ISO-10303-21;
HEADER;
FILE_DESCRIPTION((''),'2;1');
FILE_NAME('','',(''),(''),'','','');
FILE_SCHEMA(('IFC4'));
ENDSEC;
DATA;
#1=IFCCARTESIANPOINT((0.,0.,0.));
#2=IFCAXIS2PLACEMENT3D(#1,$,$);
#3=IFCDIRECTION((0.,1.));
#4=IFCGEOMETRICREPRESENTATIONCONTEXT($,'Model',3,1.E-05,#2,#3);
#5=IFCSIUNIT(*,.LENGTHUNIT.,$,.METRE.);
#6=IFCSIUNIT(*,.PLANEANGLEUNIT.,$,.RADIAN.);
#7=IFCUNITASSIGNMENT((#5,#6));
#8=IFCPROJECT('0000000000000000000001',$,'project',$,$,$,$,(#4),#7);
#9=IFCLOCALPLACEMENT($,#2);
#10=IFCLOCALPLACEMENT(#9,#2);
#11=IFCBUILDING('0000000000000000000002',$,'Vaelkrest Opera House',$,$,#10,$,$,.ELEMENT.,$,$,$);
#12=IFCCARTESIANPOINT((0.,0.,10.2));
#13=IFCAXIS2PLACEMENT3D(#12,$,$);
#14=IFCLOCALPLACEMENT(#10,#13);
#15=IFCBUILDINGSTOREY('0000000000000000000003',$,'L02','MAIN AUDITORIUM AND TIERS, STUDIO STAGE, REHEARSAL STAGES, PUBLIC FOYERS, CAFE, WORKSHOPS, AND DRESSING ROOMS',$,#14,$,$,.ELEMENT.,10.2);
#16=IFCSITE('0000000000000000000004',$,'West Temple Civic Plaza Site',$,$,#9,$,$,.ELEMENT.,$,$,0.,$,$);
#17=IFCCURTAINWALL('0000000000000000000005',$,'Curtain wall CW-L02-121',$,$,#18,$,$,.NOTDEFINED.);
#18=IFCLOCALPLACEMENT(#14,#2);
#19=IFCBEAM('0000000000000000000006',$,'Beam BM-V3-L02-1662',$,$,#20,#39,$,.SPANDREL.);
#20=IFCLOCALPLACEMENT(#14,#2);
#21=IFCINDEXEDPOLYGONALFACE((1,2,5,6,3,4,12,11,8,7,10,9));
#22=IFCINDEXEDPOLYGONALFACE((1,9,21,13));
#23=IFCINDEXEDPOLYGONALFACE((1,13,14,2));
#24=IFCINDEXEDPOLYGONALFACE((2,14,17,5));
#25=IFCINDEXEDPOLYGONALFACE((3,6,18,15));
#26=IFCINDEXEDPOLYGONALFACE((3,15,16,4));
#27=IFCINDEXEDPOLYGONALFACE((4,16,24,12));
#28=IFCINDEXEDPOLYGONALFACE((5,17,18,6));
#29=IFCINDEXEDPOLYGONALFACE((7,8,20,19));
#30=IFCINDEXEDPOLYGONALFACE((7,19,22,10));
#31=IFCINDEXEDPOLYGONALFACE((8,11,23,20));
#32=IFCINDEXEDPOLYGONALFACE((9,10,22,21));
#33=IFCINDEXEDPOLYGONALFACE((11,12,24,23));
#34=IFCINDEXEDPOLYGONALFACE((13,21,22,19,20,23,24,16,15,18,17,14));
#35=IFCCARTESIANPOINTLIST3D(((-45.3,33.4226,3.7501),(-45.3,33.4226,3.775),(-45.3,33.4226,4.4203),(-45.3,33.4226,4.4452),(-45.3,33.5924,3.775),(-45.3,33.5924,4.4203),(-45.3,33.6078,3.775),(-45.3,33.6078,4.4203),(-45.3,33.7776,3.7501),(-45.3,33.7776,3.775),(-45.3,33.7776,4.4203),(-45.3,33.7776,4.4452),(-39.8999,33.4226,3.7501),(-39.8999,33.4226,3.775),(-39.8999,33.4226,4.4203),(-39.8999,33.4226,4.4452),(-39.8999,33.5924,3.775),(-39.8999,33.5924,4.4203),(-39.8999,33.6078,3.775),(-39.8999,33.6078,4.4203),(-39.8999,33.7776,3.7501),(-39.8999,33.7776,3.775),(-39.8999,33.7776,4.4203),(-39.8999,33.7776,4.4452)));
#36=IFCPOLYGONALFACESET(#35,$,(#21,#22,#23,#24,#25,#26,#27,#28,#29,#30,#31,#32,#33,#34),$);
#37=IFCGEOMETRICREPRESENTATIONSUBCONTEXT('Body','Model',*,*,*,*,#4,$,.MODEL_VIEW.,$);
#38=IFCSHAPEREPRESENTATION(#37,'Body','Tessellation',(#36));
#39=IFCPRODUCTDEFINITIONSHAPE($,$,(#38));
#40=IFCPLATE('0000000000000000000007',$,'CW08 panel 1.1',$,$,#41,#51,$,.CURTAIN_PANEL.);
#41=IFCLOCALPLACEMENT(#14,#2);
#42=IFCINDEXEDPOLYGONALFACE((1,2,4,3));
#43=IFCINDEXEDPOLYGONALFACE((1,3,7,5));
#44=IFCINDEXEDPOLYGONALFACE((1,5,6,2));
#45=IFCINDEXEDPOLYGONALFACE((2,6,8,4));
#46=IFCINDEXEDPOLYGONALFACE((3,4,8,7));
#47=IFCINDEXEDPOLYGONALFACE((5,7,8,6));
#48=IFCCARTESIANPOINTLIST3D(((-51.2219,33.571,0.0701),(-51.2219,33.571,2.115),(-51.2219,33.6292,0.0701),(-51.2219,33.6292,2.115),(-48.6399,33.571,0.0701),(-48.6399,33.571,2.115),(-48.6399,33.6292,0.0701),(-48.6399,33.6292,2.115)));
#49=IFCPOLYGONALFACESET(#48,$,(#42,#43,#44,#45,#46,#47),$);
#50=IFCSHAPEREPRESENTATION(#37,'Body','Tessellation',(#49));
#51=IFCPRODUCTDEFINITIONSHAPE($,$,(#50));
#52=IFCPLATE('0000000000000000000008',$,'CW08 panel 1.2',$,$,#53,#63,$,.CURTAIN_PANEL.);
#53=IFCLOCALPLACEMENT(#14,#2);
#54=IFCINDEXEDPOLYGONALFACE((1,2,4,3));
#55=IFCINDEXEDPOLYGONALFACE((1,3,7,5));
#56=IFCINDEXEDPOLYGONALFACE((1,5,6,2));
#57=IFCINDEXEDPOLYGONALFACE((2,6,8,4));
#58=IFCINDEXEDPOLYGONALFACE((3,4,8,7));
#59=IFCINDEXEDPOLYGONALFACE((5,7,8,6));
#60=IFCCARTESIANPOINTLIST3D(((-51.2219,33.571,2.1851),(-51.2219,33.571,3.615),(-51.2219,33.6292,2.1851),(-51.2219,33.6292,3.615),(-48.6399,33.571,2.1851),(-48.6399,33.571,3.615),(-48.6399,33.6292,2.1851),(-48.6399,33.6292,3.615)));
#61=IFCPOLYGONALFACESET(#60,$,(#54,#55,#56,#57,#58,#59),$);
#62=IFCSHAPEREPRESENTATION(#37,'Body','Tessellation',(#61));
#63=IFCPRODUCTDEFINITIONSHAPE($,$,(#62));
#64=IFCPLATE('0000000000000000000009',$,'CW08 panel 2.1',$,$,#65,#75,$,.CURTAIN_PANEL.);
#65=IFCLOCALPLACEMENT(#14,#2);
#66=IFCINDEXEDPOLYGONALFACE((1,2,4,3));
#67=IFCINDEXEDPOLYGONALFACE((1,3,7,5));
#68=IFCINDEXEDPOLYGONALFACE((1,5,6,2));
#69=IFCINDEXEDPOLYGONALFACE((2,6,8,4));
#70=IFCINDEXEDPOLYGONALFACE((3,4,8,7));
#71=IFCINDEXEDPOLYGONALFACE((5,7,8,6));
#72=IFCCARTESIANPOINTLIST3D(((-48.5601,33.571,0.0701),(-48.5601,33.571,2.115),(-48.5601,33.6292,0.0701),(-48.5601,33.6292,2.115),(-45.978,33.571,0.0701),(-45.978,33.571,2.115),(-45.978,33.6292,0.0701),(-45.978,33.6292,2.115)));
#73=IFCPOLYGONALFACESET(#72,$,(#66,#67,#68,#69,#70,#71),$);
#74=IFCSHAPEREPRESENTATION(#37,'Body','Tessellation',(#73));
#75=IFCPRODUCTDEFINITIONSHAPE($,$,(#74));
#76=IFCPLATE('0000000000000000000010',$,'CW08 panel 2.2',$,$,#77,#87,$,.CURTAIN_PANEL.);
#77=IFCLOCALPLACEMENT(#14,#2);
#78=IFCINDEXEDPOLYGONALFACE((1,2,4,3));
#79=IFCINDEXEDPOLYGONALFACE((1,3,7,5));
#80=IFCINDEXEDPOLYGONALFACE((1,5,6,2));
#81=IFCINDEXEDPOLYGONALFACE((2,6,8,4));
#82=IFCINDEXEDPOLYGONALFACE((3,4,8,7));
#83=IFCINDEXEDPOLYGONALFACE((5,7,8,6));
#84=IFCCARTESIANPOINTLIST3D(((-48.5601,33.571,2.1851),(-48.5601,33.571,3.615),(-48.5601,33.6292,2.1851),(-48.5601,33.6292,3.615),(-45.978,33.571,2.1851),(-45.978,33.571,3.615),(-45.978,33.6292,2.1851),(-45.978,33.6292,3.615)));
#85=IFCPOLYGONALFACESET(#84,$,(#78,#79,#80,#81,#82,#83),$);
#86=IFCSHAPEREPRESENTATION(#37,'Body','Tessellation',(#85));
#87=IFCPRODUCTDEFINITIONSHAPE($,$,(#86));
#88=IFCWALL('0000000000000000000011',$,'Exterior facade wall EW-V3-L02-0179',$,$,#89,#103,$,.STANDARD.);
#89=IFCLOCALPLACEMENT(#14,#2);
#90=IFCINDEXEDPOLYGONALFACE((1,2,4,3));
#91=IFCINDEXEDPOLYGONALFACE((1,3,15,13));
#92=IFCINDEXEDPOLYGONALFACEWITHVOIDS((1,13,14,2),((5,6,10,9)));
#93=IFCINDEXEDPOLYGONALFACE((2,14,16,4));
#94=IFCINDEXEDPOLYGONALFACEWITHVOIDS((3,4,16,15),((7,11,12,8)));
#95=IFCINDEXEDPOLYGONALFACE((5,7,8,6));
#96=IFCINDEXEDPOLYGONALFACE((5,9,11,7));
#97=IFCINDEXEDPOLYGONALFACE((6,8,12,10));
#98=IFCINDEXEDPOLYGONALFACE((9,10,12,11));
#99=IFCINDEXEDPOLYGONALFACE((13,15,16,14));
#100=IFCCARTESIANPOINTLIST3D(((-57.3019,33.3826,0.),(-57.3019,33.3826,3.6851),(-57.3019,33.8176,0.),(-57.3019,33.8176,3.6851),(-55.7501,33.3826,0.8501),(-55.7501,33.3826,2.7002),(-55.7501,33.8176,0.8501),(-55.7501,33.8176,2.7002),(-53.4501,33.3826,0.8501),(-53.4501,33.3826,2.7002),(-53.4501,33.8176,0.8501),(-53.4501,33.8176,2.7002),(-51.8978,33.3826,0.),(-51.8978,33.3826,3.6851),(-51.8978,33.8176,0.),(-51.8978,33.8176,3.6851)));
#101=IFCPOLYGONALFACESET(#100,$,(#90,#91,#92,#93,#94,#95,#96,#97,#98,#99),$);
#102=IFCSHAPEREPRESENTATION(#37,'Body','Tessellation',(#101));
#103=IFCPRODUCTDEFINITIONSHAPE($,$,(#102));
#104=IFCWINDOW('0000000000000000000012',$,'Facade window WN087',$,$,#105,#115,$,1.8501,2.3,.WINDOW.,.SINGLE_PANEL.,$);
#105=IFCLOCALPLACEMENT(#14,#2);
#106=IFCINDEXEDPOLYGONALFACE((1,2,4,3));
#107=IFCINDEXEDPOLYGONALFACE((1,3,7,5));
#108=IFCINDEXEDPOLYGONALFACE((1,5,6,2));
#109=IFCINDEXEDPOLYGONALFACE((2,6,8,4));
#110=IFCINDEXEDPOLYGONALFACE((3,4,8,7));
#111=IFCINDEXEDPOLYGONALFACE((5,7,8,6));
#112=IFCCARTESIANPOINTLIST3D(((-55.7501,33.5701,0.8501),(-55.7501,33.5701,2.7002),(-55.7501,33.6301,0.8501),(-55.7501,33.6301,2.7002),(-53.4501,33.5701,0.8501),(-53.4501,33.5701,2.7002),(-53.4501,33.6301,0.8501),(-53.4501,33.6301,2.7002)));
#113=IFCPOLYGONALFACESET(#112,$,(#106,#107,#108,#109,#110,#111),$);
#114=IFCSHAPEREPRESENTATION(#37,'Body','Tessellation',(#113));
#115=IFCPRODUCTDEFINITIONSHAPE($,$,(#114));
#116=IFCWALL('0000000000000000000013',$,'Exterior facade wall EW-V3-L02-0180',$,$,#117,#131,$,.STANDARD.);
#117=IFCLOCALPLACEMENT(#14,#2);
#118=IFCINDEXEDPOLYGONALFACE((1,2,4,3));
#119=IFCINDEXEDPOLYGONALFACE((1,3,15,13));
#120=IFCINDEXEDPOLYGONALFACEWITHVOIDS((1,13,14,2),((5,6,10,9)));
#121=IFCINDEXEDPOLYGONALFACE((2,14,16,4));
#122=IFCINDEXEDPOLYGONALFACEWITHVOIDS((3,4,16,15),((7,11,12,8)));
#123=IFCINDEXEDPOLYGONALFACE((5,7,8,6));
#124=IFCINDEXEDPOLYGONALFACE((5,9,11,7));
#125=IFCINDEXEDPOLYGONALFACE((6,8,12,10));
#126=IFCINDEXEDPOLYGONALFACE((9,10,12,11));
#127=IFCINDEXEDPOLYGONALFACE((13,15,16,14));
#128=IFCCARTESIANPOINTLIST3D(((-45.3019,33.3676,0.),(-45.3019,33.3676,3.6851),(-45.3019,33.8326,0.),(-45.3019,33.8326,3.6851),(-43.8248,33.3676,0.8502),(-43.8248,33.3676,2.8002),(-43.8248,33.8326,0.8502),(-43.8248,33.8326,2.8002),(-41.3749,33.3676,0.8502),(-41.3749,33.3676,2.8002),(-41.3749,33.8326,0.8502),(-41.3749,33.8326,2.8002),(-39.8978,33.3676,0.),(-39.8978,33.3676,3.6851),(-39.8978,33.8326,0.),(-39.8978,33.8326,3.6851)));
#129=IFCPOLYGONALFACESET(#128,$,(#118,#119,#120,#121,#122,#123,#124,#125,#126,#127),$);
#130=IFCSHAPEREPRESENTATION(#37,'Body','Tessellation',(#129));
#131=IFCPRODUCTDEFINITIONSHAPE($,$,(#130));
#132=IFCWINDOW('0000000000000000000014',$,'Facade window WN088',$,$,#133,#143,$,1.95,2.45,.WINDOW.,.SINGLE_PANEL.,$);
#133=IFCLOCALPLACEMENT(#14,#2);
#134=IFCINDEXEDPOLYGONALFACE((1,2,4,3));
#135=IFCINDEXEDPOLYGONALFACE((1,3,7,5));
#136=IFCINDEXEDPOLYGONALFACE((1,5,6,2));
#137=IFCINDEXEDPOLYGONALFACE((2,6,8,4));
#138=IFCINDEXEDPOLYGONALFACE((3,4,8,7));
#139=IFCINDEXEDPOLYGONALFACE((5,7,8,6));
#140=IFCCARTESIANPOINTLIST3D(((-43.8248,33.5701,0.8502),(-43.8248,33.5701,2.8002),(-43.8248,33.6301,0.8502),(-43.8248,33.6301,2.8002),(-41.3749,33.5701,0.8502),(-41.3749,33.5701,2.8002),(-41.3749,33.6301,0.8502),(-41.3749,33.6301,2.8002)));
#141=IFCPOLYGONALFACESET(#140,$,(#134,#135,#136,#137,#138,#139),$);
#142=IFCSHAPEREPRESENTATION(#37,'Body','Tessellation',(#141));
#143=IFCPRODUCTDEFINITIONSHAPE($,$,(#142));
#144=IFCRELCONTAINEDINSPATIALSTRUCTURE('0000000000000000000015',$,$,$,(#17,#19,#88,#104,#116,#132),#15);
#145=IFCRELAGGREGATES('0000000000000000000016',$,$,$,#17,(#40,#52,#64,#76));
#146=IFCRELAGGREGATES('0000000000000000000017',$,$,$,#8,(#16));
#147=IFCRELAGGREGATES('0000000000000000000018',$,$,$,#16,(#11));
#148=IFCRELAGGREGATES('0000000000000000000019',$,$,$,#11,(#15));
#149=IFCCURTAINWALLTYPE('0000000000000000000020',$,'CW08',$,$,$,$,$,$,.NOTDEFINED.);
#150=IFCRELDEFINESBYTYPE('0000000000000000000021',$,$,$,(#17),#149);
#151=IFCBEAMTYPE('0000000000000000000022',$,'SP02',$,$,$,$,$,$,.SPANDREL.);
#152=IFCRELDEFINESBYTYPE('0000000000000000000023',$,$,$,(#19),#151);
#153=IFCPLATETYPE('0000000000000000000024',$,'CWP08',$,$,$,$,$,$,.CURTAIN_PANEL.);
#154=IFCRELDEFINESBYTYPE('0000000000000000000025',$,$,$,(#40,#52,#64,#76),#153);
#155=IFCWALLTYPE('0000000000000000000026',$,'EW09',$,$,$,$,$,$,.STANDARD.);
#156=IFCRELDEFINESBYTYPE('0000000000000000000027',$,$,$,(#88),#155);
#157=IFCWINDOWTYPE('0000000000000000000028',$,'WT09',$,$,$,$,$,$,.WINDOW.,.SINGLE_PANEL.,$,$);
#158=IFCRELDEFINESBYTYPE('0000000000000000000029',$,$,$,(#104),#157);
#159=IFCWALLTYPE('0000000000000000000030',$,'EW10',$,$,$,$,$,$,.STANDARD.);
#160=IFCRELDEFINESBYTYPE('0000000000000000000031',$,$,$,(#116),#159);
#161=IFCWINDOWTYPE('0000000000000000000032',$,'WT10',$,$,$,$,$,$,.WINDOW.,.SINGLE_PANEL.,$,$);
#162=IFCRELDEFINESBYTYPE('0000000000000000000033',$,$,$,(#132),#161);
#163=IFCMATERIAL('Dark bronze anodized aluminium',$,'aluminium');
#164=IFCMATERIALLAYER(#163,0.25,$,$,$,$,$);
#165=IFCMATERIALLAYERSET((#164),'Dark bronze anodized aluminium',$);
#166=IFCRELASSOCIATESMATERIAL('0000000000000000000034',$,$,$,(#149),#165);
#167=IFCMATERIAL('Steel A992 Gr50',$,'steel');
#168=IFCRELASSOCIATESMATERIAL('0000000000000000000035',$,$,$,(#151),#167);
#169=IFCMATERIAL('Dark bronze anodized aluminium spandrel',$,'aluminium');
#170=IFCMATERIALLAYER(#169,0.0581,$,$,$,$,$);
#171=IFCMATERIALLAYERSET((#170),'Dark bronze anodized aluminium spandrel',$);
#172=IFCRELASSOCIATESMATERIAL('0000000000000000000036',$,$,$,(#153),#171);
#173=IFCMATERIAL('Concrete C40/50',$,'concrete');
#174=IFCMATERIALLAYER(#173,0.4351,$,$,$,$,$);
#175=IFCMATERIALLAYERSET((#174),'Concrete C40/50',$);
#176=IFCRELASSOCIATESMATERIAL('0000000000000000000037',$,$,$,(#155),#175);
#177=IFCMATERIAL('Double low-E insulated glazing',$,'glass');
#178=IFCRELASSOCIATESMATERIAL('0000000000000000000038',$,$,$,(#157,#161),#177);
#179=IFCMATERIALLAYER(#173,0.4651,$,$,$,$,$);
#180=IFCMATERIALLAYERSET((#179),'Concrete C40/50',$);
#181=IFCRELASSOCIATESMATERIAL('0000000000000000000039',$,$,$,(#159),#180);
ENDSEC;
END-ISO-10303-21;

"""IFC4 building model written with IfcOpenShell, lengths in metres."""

from ifc_helpers import new_model, si_unit, direction, frame, frame_2d, origin, origin_2d, place, context, subcontext, project, spatial, rectangle, i_section, extrude, material, layer, layer_set, material_profile, profile_set, type_object, element, fill, aggregate, save


model = new_model("IFC4")

# Units and contexts
model_context = context("Model", 3, precision=1e-05, world=origin(), true_north=direction((0.0, 1.0)))
body_context = subcontext(model_context, "Body", "Model", "MODEL_VIEW")
ifc_project = project(units=[si_unit("LENGTHUNIT", "METRE"), si_unit("PLANEANGLEUNIT", "RADIAN")], contexts=[model_context])

# Site, building, storey
site_placement = place(None, origin())
site = spatial("IfcSite", under=ifc_project, at=site_placement, Name="West Temple Civic Plaza Site", CompositionType="ELEMENT", RefElevation=0.0)
building_placement = place(site_placement, origin())
building = spatial("IfcBuilding", under=site, at=building_placement, Name="Vaelkrest Opera House", CompositionType="ELEMENT")
storey_placement = place(building_placement, frame((0.0, 0.0, 10.2)))
storey = spatial("IfcBuildingStorey", under=building, at=storey_placement, Name="L02", Description="MAIN AUDITORIUM AND TIERS, STUDIO STAGE, REHEARSAL STAGES, PUBLIC FOYERS, CAFE, WORKSHOPS, AND DRESSING ROOMS", CompositionType="ELEMENT", Elevation=10.2)

# Shared definitions
ifc_material_1 = material(Name="Steel A992 Gr50", Category="steel")

# Curtain wall
ifc_material_2 = material(Name="Dark bronze anodized aluminium", Category="aluminium")
ifc_layer_1 = layer(ifc_material_2, 0.25)
ifc_layer_set_1 = layer_set([ifc_layer_1], Name="Dark bronze anodized aluminium")
curtain_wall_type = type_object("IfcCurtainWallType", Name="CW08", PredefinedType="NOTDEFINED", material=ifc_layer_set_1)
curtain_wall_placement = place(storey_placement, origin())
curtain_wall = element("IfcCurtainWall", 1, at=curtain_wall_placement, inside=storey, type_object=curtain_wall_type, Name="Curtain wall CW-L02-121", PredefinedType="NOTDEFINED")

# Beam
ifc_material_profile_1 = material_profile(ifc_material_1, i_section(OverallWidth=0.355, OverallDepth=0.6951, WebThickness=0.0154, FlangeThickness=0.0249, at=origin_2d()), Name="W27X146")
ifc_profile_set_1 = profile_set([ifc_material_profile_1], Name="Steel A992 Gr50")
beam_type_1 = type_object("IfcBeamType", Name="SP02", PredefinedType="SPANDREL", material=ifc_profile_set_1)
for number, where, z_axis, x_axis, name in (
    (2, (-45.3, 33.6001, 4.0977), (1.0, 0.0, 0.0), (0.0, 1.0, 0.0), "Beam BM-V3-L02-1662"),
):
    element("IfcBeam", number, at=place(storey_placement, frame(where, z_axis=z_axis, x_axis=x_axis)), inside=storey, type_object=beam_type_1, Name=name, PredefinedType="SPANDREL", context=body_context, shape_type="SweptSolid", body=[
        extrude(i_section(OverallWidth=0.355, OverallDepth=0.6951, WebThickness=0.0154, FlangeThickness=0.0249, at=origin_2d()), origin(), (0.0, 0.0, 1.0), 5.4001),
    ])

# Plates
ifc_material_3 = material(Name="Dark bronze anodized aluminium spandrel", Category="aluminium")
ifc_layer_2 = layer(ifc_material_3, 0.0581)
ifc_layer_set_2 = layer_set([ifc_layer_2], Name="Dark bronze anodized aluminium spandrel")
plate_type = type_object("IfcPlateType", Name="CWP08", PredefinedType="CURTAIN_PANEL", material=ifc_layer_set_2)
plate_1_placement = place(storey_placement, frame((-49.9309, 33.6001, 0.0701), z_axis=(0.0, 0.0, 1.0), x_axis=(1.0, 0.0, 0.0)))
plate_1 = element("IfcPlate", 3, at=plate_1_placement, type_object=plate_type, Name="CW08 panel 1.1", PredefinedType="CURTAIN_PANEL", context=body_context, shape_type="SweptSolid", body=[
    extrude(rectangle(XDim=2.582, YDim=0.0581, at=origin_2d()), origin(), (0.0, 0.0, 1.0), 2.0449),
])
plate_2_placement = place(storey_placement, frame((-49.9309, 33.6001, 2.1851), z_axis=(0.0, 0.0, 1.0), x_axis=(1.0, 0.0, 0.0)))
plate_2 = element("IfcPlate", 4, at=plate_2_placement, type_object=plate_type, Name="CW08 panel 1.2", PredefinedType="CURTAIN_PANEL", context=body_context, shape_type="SweptSolid", body=[
    extrude(rectangle(XDim=2.582, YDim=0.0581, at=origin_2d()), origin(), (0.0, 0.0, 1.0), 1.4299),
])
plate_3_placement = place(storey_placement, frame((-47.269, 33.6001, 0.0701), z_axis=(0.0, 0.0, 1.0), x_axis=(1.0, 0.0, 0.0)))
plate_3 = element("IfcPlate", 5, at=plate_3_placement, type_object=plate_type, Name="CW08 panel 2.1", PredefinedType="CURTAIN_PANEL", context=body_context, shape_type="SweptSolid", body=[
    extrude(rectangle(XDim=2.582, YDim=0.0581, at=origin_2d()), origin(), (0.0, 0.0, 1.0), 2.0449),
])
plate_4_placement = place(storey_placement, frame((-47.269, 33.6001, 2.1851), z_axis=(0.0, 0.0, 1.0), x_axis=(1.0, 0.0, 0.0)))
plate_4 = element("IfcPlate", 6, at=plate_4_placement, type_object=plate_type, Name="CW08 panel 2.2", PredefinedType="CURTAIN_PANEL", context=body_context, shape_type="SweptSolid", body=[
    extrude(rectangle(XDim=2.582, YDim=0.0581, at=origin_2d()), origin(), (0.0, 0.0, 1.0), 1.4299),
])
aggregate(curtain_wall, [plate_1, plate_2, plate_3, plate_4])

# Walls, openings, windows
ifc_material_4 = material(Name="Concrete C40/50", Category="concrete")
ifc_layer_3 = layer(ifc_material_4, 0.4351)
ifc_layer_set_3 = layer_set([ifc_layer_3], Name="Concrete C40/50")
wall_type_1 = type_object("IfcWallType", Name="EW09", PredefinedType="STANDARD", material=ifc_layer_set_3)
wall_1_placement = place(storey_placement, frame((-57.302, 33.6001, 0.0), z_axis=(0.0, 0.0, 1.0), x_axis=(1.0, 0.0, 0.0)))
wall_1 = element("IfcWall", 7, at=wall_1_placement, inside=storey, type_object=wall_type_1, Name="Exterior facade wall EW-V3-L02-0179", PredefinedType="STANDARD", context=body_context, shape_type="SweptSolid", body=[
    extrude(rectangle(XDim=5.4041, YDim=0.4351, at=frame_2d((2.7021, 0.0))), origin(), (0.0, 0.0, 1.0), 3.6851),
])
opening_1_placement = place(wall_1_placement, frame((1.552, 0.0, 0.8501)))
opening_1 = element("IfcOpeningElement", 8, at=opening_1_placement, cuts=wall_1, PredefinedType="OPENING", context=body_context, shape_type="SweptSolid", body=[
    extrude(rectangle(XDim=2.3, YDim=1.8501, at=frame_2d((1.1499, 0.925))), frame((0.0, 0.2275, 0.0), z_axis=(0.0, -1.0, 0.0), x_axis=(1.0, 0.0, 0.0)), (0.0, 0.0, 1.0), 0.4551),
])
ifc_material_5 = material(Name="Double low-E insulated glazing", Category="glass")
window_type_1 = type_object("IfcWindowType", Name="WT09", PartitioningType="SINGLE_PANEL", PredefinedType="WINDOW", material=ifc_material_5)
window_1_placement = place(opening_1_placement, origin())
window_1 = element("IfcWindow", 9, at=window_1_placement, inside=storey, type_object=window_type_1, Name="Facade window WN087", OverallHeight=1.8501, OverallWidth=2.3, PartitioningType="SINGLE_PANEL", PredefinedType="WINDOW", context=body_context, shape_type="SweptSolid", body=[
    extrude(rectangle(XDim=2.3, YDim=1.8501, at=frame_2d((1.1499, 0.925))), frame((0.0, 0.03, 0.0), z_axis=(0.0, -1.0, 0.0), x_axis=(1.0, 0.0, 0.0)), (0.0, 0.0, 1.0), 0.0601),
])
fill(opening_1, window_1)
ifc_layer_4 = layer(ifc_material_4, 0.4651)
ifc_layer_set_4 = layer_set([ifc_layer_4], Name="Concrete C40/50")
wall_type_2 = type_object("IfcWallType", Name="EW10", PredefinedType="STANDARD", material=ifc_layer_set_4)
wall_2_placement = place(storey_placement, frame((-45.302, 33.6001, 0.0), z_axis=(0.0, 0.0, 1.0), x_axis=(1.0, 0.0, 0.0)))
wall_2 = element("IfcWall", 10, at=wall_2_placement, inside=storey, type_object=wall_type_2, Name="Exterior facade wall EW-V3-L02-0180", PredefinedType="STANDARD", context=body_context, shape_type="SweptSolid", body=[
    extrude(rectangle(XDim=5.4041, YDim=0.4651, at=frame_2d((2.7021, 0.0))), origin(), (0.0, 0.0, 1.0), 3.6851),
])
opening_2_placement = place(wall_2_placement, frame((1.4771, 0.0, 0.8501)))
opening_2 = element("IfcOpeningElement", 11, at=opening_2_placement, cuts=wall_2, PredefinedType="OPENING", context=body_context, shape_type="SweptSolid", body=[
    extrude(rectangle(XDim=2.45, YDim=1.95, at=frame_2d((1.2251, 0.9751))), frame((0.0, 0.2424, 0.0), z_axis=(0.0, -1.0, 0.0), x_axis=(1.0, 0.0, 0.0)), (0.0, 0.0, 1.0), 0.4851),
])
window_type_2 = type_object("IfcWindowType", Name="WT10", PartitioningType="SINGLE_PANEL", PredefinedType="WINDOW", material=ifc_material_5)
window_2_placement = place(opening_2_placement, origin())
window_2 = element("IfcWindow", 12, at=window_2_placement, inside=storey, type_object=window_type_2, Name="Facade window WN088", OverallHeight=1.95, OverallWidth=2.45, PartitioningType="SINGLE_PANEL", PredefinedType="WINDOW", context=body_context, shape_type="SweptSolid", body=[
    extrude(rectangle(XDim=2.45, YDim=1.95, at=frame_2d((1.2251, 0.9751))), frame((0.0, 0.03, 0.0), z_axis=(0.0, -1.0, 0.0), x_axis=(1.0, 0.0, 0.0)), (0.0, 0.0, 1.0), 0.0601),
])
fill(opening_2, window_2)

save(model, "model.ifc")
